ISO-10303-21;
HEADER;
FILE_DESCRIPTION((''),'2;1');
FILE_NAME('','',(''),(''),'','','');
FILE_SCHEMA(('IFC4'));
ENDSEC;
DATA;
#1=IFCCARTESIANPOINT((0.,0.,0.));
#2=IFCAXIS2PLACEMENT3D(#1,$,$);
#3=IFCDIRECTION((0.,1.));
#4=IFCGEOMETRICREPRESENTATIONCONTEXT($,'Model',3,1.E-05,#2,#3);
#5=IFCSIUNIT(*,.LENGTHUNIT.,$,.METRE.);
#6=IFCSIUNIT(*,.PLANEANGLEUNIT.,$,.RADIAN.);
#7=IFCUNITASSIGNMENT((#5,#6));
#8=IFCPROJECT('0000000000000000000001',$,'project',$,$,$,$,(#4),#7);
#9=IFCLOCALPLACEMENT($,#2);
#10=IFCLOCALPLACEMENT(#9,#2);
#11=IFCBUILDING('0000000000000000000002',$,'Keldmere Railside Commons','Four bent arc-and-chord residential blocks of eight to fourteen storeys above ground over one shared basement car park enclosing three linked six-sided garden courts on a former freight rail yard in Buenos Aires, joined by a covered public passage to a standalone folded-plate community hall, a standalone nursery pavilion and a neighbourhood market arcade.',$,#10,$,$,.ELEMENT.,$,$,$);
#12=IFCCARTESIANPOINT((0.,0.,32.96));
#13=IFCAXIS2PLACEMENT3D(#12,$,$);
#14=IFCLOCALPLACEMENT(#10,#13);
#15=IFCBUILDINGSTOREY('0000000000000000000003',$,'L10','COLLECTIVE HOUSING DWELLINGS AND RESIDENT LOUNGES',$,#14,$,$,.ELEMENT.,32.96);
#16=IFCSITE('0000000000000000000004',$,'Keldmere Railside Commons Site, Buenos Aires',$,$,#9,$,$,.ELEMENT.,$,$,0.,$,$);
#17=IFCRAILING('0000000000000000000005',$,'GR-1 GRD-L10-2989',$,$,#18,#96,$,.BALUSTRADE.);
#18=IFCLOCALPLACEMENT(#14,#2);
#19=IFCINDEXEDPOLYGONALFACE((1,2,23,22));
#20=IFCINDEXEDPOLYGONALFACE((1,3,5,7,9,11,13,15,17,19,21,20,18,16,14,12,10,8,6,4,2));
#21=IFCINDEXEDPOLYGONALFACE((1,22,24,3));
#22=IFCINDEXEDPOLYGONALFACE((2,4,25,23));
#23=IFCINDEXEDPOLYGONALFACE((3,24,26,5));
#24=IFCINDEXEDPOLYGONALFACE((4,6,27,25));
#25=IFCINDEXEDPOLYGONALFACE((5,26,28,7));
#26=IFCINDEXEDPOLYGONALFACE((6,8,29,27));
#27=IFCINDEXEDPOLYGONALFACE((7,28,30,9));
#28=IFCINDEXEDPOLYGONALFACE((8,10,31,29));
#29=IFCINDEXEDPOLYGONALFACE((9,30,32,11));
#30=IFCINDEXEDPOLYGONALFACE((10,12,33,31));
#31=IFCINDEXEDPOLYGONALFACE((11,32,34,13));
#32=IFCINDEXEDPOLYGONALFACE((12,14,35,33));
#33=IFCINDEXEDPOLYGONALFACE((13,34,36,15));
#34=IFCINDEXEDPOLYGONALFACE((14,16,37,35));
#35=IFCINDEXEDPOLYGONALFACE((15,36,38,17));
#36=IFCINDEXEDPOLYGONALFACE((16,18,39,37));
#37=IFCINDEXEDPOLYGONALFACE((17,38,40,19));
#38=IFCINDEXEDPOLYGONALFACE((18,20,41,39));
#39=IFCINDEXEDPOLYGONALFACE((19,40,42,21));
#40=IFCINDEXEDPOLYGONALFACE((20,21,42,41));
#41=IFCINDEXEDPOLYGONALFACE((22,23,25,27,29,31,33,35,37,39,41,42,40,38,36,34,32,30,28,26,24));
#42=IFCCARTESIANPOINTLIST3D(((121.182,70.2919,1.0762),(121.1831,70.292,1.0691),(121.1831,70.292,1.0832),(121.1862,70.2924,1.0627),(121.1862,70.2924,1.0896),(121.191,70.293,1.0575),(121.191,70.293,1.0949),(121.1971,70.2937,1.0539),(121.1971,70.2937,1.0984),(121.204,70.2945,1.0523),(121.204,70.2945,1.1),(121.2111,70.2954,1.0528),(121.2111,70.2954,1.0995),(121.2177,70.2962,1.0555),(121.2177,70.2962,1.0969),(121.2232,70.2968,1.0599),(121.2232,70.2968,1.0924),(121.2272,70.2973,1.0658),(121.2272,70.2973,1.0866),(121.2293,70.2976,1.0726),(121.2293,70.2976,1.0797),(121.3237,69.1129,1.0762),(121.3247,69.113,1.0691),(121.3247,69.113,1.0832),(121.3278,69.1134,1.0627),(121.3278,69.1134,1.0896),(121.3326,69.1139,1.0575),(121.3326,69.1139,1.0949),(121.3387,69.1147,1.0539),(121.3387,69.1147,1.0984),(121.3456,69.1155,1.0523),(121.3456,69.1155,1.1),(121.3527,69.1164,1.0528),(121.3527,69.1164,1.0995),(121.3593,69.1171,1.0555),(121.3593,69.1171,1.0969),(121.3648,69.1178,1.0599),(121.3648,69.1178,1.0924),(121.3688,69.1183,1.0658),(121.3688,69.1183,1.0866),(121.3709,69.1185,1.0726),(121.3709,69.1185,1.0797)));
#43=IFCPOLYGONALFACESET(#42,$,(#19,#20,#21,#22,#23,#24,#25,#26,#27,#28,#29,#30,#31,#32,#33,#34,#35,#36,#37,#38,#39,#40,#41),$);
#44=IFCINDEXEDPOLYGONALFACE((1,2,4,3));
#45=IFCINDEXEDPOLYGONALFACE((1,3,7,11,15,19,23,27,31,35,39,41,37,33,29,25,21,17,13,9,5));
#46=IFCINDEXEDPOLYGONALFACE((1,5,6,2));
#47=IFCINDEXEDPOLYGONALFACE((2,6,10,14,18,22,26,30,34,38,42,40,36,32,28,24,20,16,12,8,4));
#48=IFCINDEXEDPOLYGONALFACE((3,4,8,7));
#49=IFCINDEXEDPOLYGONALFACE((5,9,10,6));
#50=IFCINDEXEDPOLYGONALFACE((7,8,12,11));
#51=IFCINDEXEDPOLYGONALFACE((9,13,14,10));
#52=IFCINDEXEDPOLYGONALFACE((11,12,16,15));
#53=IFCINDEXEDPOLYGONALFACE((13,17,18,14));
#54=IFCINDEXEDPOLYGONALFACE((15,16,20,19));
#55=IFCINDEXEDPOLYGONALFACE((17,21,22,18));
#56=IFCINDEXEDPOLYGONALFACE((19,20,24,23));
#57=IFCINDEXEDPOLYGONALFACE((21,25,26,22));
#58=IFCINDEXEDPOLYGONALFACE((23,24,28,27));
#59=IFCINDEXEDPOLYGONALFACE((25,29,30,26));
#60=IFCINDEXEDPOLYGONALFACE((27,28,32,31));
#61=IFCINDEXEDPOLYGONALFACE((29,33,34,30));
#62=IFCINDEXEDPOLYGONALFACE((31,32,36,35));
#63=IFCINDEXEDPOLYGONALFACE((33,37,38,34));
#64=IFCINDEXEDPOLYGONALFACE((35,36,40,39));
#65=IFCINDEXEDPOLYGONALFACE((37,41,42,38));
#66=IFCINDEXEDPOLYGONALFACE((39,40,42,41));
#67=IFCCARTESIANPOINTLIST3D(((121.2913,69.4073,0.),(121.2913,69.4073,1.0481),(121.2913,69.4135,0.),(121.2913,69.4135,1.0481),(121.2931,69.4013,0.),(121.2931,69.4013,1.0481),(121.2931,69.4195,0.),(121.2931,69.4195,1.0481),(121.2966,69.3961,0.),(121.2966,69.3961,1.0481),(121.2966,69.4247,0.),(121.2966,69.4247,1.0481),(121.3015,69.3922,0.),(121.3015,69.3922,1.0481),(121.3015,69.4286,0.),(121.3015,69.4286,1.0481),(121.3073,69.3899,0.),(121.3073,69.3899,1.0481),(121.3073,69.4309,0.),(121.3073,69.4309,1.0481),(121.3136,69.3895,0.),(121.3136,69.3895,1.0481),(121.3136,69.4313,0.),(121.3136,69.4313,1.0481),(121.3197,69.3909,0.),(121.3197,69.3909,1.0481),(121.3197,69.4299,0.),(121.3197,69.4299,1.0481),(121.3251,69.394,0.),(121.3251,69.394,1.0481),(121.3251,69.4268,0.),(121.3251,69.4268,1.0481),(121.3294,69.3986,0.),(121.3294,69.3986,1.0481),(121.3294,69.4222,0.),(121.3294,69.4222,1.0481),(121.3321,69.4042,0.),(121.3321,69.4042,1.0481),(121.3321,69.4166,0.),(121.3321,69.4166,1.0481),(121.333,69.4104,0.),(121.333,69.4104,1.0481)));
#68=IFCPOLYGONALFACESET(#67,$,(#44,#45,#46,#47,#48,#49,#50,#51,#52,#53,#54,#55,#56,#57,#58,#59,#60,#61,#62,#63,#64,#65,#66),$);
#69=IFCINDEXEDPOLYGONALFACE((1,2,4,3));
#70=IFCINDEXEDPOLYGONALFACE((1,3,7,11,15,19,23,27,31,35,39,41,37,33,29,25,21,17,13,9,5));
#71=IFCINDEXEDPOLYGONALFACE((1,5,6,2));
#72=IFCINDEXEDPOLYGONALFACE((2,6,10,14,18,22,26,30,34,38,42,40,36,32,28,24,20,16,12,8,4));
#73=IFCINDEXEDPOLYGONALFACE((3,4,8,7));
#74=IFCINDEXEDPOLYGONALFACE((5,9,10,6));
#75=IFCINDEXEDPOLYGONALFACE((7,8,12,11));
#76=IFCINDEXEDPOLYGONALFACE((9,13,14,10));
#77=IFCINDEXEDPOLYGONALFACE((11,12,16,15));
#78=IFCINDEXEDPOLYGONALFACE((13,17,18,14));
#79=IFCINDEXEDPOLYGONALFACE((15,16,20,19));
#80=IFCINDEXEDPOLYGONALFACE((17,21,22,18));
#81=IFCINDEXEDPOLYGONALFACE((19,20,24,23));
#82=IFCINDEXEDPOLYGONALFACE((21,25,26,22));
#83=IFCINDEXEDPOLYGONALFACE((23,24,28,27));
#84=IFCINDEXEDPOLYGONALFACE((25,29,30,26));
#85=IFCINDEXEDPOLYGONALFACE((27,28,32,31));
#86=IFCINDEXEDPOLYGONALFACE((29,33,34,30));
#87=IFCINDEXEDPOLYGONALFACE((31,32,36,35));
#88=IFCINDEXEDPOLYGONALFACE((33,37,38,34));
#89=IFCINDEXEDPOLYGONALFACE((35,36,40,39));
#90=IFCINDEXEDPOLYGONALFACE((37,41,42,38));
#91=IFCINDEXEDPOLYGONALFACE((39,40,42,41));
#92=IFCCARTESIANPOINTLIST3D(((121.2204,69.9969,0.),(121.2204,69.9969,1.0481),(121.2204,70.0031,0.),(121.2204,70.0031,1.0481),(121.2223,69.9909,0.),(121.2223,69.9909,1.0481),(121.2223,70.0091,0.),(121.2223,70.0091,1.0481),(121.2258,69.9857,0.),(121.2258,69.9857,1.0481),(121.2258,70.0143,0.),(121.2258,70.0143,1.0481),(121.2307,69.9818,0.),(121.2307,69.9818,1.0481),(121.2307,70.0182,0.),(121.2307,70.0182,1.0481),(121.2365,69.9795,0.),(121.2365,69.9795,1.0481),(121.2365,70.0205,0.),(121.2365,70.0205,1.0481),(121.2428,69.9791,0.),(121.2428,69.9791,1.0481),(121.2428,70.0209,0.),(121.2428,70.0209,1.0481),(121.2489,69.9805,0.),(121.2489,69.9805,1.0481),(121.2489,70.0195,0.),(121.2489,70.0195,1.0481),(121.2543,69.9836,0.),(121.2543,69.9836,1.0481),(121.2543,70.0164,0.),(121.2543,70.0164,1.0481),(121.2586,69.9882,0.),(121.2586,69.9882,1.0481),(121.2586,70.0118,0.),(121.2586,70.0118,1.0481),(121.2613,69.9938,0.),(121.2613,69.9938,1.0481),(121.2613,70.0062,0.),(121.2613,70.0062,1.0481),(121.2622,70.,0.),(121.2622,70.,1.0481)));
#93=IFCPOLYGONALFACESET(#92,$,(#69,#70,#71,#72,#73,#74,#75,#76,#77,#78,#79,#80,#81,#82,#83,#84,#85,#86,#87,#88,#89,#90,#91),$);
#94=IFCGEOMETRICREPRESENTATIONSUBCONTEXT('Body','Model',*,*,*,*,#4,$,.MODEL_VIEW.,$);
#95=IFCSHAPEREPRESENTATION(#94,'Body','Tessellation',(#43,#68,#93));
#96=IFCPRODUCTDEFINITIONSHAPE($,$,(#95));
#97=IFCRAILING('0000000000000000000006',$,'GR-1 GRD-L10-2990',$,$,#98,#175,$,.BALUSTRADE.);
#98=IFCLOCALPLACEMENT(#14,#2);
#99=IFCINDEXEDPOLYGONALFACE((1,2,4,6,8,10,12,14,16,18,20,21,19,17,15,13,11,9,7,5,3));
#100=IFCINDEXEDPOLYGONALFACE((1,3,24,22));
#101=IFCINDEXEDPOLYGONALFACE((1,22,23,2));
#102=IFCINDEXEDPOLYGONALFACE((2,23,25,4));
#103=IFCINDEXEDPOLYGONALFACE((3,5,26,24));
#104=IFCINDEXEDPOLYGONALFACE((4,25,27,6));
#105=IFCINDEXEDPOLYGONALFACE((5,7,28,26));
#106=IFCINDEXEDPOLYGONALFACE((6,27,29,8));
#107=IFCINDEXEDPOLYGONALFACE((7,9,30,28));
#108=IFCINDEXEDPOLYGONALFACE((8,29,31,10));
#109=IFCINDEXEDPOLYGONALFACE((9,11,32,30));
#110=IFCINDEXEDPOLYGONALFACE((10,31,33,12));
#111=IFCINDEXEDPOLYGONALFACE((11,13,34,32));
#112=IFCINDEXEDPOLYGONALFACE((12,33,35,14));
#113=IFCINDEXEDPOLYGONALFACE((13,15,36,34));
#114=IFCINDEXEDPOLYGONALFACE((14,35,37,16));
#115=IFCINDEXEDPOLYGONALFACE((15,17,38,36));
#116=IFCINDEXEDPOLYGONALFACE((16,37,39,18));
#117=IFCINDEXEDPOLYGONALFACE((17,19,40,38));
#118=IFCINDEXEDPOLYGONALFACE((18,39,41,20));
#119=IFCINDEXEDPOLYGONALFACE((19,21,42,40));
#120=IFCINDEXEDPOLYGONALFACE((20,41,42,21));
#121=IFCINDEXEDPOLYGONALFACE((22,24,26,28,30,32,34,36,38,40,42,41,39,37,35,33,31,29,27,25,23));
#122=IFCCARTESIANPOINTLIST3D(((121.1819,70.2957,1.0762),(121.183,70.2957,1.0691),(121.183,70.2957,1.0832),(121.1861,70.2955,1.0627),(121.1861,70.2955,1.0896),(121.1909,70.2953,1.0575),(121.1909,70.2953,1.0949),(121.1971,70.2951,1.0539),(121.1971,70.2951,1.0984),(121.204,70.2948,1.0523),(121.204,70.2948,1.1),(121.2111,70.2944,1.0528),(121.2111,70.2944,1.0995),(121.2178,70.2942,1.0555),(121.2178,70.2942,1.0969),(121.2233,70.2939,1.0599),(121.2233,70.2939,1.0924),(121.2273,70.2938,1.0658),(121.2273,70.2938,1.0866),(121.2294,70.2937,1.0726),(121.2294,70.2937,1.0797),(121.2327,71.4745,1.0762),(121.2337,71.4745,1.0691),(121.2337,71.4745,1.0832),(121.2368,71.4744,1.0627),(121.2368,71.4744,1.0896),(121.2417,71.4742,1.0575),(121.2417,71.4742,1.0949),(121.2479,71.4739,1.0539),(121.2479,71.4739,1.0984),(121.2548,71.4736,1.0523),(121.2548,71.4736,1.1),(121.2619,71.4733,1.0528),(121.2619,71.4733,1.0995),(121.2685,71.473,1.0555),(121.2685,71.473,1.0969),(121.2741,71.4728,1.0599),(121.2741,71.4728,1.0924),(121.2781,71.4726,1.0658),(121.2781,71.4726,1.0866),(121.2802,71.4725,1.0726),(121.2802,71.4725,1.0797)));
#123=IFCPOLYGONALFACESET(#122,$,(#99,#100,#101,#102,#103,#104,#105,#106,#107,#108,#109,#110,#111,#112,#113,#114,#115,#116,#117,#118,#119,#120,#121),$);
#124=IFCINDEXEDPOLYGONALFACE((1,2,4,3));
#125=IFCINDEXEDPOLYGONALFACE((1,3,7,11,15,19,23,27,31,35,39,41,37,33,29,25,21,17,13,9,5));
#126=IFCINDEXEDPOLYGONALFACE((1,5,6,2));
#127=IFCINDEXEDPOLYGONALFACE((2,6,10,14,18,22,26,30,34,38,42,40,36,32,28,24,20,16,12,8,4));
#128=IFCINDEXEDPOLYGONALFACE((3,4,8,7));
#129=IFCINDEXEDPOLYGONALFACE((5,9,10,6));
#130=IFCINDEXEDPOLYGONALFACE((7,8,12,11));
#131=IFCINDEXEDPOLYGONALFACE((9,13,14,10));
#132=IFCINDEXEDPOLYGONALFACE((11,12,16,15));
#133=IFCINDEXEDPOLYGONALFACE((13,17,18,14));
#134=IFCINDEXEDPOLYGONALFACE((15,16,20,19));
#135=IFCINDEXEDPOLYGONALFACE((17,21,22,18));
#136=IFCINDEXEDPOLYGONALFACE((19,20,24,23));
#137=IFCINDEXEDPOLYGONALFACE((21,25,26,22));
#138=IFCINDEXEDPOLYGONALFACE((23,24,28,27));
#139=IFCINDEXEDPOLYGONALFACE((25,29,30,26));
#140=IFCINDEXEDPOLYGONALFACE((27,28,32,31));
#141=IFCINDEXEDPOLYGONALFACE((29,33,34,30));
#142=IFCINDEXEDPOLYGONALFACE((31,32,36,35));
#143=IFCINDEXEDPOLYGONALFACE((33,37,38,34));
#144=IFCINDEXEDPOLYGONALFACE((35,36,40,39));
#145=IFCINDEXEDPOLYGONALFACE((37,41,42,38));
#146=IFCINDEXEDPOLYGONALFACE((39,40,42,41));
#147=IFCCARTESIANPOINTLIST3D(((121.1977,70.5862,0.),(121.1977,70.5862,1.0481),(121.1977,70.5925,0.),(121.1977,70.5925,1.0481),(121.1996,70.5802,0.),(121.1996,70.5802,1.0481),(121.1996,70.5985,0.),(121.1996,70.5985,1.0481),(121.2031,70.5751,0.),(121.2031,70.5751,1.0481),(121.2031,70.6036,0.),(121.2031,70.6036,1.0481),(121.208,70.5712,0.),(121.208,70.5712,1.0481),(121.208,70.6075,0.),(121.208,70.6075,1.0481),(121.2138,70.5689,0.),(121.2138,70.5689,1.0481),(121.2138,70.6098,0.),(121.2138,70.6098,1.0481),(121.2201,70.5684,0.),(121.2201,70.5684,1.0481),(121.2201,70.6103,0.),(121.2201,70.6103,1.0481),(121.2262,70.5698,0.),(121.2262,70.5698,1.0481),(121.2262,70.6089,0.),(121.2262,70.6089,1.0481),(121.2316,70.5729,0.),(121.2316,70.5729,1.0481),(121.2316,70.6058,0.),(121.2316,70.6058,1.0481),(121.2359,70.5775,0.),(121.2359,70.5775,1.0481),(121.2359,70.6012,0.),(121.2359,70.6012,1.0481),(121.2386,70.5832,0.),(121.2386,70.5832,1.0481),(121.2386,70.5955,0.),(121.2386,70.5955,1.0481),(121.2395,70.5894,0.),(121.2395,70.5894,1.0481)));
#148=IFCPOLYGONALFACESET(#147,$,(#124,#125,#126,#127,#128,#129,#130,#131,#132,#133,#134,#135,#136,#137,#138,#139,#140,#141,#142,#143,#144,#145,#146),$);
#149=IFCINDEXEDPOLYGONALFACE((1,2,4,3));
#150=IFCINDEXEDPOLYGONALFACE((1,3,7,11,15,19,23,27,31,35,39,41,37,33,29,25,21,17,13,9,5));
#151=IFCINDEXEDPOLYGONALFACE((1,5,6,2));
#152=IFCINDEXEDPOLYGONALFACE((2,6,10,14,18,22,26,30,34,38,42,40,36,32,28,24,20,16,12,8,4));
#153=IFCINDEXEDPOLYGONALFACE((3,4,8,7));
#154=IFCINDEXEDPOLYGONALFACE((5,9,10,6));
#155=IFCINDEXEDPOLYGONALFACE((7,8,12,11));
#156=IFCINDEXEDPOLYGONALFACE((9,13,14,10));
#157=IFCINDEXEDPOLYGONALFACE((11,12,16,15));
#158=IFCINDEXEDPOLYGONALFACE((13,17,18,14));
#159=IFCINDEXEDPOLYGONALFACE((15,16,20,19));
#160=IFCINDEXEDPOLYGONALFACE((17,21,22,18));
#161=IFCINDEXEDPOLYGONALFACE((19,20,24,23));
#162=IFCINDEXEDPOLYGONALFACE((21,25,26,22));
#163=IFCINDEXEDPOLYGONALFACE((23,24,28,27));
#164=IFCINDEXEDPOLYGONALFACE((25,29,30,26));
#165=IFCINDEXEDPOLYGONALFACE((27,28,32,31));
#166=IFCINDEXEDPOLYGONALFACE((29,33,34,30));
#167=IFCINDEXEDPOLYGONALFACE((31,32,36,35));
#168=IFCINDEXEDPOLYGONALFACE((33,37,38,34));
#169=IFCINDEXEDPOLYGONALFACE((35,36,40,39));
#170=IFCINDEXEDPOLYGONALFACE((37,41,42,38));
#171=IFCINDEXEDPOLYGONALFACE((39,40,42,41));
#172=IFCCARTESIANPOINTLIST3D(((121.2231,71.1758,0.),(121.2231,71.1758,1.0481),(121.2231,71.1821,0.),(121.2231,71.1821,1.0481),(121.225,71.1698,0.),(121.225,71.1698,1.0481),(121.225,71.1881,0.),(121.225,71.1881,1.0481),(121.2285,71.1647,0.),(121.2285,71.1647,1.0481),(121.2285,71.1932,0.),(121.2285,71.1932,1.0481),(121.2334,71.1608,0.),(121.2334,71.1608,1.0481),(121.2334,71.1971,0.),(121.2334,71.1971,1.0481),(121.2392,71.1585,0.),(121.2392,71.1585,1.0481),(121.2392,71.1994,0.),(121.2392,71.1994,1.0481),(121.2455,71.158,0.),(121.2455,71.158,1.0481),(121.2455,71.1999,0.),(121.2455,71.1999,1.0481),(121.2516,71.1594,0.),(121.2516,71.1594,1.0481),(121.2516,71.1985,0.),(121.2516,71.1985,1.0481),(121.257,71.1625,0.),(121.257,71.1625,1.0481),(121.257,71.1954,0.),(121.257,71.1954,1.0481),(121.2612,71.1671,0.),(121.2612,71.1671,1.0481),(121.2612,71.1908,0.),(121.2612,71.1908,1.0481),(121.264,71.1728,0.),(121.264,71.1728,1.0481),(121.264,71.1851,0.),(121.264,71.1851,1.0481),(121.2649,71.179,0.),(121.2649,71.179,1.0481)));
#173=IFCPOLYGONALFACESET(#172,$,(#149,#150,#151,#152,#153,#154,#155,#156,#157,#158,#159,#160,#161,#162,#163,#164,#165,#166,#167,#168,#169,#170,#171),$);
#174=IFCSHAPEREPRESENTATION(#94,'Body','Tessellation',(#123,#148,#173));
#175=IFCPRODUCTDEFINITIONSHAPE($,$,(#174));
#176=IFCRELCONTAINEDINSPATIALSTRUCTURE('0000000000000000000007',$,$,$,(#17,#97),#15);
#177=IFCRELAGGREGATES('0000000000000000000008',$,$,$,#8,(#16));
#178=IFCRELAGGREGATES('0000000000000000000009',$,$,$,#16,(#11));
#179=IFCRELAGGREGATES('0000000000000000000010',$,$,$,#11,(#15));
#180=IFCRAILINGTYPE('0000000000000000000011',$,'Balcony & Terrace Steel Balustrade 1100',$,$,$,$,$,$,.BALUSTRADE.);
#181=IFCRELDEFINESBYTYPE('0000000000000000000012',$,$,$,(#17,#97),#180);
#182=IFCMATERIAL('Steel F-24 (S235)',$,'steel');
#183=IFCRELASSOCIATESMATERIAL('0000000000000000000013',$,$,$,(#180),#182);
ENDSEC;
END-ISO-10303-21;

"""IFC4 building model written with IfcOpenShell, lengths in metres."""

from ifc_helpers import new_model, si_unit, direction, frame, origin, origin_2d, place, context, subcontext, project, spatial, circle, extrude, material, type_object, element, save


model = new_model("IFC4")

# Units and contexts
model_context = context("Model", 3, precision=1e-05, world=origin(), true_north=direction((0.0, 1.0)))
body_context = subcontext(model_context, "Body", "Model", "MODEL_VIEW")
ifc_project = project(units=[si_unit("LENGTHUNIT", "METRE"), si_unit("PLANEANGLEUNIT", "RADIAN")], contexts=[model_context])

# Site, building, storey
site_placement = place(None, origin())
site = spatial("IfcSite", under=ifc_project, at=site_placement, Name="Keldmere Railside Commons Site, Buenos Aires", CompositionType="ELEMENT", RefElevation=0.0)
building_placement = place(site_placement, origin())
building = spatial("IfcBuilding", under=site, at=building_placement, Name="Keldmere Railside Commons", Description="Four bent arc-and-chord residential blocks of eight to fourteen storeys above ground over one shared basement car park enclosing three linked six-sided garden courts on a former freight rail yard in Buenos Aires, joined by a covered public passage to a standalone folded-plate community hall, a standalone nursery pavilion and a neighbourhood market arcade.", CompositionType="ELEMENT")
storey_placement = place(building_placement, frame((0.0, 0.0, 32.96)))
storey = spatial("IfcBuildingStorey", under=building, at=storey_placement, Name="L10", Description="COLLECTIVE HOUSING DWELLINGS AND RESIDENT LOUNGES", CompositionType="ELEMENT", Elevation=32.96)

# Railings
ifc_material_1 = material(Name="Steel F-24 (S235)", Category="steel")
railing_type = type_object("IfcRailingType", Name="Balcony & Terrace Steel Balustrade 1100", PredefinedType="BALUSTRADE", material=ifc_material_1)
railing_1_placement = place(storey_placement, frame((121.3474, 69.1157, 0.0)))
element("IfcRailing", 1, at=railing_1_placement, inside=storey, type_object=railing_type, Name="GR-1 GRD-L10-2989", PredefinedType="BALUSTRADE", context=body_context, shape_type="SweptSolid", body=[
    extrude(circle(Radius=0.0239, at=origin_2d()), frame((0.0, 0.0, 1.0762), z_axis=(-0.119251, 0.992864, 0.0), x_axis=(-0.992864, -0.119251, 0.0)), (0.0, 0.0, 1.0), 1.1875),
    extrude(circle(Radius=0.021, at=origin_2d()), frame((-0.0354, 0.2947, 0.0)), (0.0, 0.0, 1.0), 1.0481),
    extrude(circle(Radius=0.021, at=origin_2d()), frame((-0.1062, 0.8843, 0.0)), (0.0, 0.0, 1.0), 1.0481),
])
railing_2_placement = place(storey_placement, frame((121.2058, 70.2947, 0.0)))
element("IfcRailing", 2, at=railing_2_placement, inside=storey, type_object=railing_type, Name="GR-1 GRD-L10-2990", PredefinedType="BALUSTRADE", context=body_context, shape_type="SweptSolid", body=[
    extrude(circle(Radius=0.0239, at=origin_2d()), frame((0.0, 0.0, 1.0762), z_axis=(0.043033, 0.999074, 0.0), x_axis=(-0.999074, 0.043033, 0.0)), (0.0, 0.0, 1.0), 1.1799),
    extrude(circle(Radius=0.021, at=origin_2d()), frame((0.0127, 0.2947, 0.0)), (0.0, 0.0, 1.0), 1.0481),
    extrude(circle(Radius=0.021, at=origin_2d()), frame((0.0381, 0.8843, 0.0)), (0.0, 0.0, 1.0), 1.0481),
])

save(model, "model.ifc")
